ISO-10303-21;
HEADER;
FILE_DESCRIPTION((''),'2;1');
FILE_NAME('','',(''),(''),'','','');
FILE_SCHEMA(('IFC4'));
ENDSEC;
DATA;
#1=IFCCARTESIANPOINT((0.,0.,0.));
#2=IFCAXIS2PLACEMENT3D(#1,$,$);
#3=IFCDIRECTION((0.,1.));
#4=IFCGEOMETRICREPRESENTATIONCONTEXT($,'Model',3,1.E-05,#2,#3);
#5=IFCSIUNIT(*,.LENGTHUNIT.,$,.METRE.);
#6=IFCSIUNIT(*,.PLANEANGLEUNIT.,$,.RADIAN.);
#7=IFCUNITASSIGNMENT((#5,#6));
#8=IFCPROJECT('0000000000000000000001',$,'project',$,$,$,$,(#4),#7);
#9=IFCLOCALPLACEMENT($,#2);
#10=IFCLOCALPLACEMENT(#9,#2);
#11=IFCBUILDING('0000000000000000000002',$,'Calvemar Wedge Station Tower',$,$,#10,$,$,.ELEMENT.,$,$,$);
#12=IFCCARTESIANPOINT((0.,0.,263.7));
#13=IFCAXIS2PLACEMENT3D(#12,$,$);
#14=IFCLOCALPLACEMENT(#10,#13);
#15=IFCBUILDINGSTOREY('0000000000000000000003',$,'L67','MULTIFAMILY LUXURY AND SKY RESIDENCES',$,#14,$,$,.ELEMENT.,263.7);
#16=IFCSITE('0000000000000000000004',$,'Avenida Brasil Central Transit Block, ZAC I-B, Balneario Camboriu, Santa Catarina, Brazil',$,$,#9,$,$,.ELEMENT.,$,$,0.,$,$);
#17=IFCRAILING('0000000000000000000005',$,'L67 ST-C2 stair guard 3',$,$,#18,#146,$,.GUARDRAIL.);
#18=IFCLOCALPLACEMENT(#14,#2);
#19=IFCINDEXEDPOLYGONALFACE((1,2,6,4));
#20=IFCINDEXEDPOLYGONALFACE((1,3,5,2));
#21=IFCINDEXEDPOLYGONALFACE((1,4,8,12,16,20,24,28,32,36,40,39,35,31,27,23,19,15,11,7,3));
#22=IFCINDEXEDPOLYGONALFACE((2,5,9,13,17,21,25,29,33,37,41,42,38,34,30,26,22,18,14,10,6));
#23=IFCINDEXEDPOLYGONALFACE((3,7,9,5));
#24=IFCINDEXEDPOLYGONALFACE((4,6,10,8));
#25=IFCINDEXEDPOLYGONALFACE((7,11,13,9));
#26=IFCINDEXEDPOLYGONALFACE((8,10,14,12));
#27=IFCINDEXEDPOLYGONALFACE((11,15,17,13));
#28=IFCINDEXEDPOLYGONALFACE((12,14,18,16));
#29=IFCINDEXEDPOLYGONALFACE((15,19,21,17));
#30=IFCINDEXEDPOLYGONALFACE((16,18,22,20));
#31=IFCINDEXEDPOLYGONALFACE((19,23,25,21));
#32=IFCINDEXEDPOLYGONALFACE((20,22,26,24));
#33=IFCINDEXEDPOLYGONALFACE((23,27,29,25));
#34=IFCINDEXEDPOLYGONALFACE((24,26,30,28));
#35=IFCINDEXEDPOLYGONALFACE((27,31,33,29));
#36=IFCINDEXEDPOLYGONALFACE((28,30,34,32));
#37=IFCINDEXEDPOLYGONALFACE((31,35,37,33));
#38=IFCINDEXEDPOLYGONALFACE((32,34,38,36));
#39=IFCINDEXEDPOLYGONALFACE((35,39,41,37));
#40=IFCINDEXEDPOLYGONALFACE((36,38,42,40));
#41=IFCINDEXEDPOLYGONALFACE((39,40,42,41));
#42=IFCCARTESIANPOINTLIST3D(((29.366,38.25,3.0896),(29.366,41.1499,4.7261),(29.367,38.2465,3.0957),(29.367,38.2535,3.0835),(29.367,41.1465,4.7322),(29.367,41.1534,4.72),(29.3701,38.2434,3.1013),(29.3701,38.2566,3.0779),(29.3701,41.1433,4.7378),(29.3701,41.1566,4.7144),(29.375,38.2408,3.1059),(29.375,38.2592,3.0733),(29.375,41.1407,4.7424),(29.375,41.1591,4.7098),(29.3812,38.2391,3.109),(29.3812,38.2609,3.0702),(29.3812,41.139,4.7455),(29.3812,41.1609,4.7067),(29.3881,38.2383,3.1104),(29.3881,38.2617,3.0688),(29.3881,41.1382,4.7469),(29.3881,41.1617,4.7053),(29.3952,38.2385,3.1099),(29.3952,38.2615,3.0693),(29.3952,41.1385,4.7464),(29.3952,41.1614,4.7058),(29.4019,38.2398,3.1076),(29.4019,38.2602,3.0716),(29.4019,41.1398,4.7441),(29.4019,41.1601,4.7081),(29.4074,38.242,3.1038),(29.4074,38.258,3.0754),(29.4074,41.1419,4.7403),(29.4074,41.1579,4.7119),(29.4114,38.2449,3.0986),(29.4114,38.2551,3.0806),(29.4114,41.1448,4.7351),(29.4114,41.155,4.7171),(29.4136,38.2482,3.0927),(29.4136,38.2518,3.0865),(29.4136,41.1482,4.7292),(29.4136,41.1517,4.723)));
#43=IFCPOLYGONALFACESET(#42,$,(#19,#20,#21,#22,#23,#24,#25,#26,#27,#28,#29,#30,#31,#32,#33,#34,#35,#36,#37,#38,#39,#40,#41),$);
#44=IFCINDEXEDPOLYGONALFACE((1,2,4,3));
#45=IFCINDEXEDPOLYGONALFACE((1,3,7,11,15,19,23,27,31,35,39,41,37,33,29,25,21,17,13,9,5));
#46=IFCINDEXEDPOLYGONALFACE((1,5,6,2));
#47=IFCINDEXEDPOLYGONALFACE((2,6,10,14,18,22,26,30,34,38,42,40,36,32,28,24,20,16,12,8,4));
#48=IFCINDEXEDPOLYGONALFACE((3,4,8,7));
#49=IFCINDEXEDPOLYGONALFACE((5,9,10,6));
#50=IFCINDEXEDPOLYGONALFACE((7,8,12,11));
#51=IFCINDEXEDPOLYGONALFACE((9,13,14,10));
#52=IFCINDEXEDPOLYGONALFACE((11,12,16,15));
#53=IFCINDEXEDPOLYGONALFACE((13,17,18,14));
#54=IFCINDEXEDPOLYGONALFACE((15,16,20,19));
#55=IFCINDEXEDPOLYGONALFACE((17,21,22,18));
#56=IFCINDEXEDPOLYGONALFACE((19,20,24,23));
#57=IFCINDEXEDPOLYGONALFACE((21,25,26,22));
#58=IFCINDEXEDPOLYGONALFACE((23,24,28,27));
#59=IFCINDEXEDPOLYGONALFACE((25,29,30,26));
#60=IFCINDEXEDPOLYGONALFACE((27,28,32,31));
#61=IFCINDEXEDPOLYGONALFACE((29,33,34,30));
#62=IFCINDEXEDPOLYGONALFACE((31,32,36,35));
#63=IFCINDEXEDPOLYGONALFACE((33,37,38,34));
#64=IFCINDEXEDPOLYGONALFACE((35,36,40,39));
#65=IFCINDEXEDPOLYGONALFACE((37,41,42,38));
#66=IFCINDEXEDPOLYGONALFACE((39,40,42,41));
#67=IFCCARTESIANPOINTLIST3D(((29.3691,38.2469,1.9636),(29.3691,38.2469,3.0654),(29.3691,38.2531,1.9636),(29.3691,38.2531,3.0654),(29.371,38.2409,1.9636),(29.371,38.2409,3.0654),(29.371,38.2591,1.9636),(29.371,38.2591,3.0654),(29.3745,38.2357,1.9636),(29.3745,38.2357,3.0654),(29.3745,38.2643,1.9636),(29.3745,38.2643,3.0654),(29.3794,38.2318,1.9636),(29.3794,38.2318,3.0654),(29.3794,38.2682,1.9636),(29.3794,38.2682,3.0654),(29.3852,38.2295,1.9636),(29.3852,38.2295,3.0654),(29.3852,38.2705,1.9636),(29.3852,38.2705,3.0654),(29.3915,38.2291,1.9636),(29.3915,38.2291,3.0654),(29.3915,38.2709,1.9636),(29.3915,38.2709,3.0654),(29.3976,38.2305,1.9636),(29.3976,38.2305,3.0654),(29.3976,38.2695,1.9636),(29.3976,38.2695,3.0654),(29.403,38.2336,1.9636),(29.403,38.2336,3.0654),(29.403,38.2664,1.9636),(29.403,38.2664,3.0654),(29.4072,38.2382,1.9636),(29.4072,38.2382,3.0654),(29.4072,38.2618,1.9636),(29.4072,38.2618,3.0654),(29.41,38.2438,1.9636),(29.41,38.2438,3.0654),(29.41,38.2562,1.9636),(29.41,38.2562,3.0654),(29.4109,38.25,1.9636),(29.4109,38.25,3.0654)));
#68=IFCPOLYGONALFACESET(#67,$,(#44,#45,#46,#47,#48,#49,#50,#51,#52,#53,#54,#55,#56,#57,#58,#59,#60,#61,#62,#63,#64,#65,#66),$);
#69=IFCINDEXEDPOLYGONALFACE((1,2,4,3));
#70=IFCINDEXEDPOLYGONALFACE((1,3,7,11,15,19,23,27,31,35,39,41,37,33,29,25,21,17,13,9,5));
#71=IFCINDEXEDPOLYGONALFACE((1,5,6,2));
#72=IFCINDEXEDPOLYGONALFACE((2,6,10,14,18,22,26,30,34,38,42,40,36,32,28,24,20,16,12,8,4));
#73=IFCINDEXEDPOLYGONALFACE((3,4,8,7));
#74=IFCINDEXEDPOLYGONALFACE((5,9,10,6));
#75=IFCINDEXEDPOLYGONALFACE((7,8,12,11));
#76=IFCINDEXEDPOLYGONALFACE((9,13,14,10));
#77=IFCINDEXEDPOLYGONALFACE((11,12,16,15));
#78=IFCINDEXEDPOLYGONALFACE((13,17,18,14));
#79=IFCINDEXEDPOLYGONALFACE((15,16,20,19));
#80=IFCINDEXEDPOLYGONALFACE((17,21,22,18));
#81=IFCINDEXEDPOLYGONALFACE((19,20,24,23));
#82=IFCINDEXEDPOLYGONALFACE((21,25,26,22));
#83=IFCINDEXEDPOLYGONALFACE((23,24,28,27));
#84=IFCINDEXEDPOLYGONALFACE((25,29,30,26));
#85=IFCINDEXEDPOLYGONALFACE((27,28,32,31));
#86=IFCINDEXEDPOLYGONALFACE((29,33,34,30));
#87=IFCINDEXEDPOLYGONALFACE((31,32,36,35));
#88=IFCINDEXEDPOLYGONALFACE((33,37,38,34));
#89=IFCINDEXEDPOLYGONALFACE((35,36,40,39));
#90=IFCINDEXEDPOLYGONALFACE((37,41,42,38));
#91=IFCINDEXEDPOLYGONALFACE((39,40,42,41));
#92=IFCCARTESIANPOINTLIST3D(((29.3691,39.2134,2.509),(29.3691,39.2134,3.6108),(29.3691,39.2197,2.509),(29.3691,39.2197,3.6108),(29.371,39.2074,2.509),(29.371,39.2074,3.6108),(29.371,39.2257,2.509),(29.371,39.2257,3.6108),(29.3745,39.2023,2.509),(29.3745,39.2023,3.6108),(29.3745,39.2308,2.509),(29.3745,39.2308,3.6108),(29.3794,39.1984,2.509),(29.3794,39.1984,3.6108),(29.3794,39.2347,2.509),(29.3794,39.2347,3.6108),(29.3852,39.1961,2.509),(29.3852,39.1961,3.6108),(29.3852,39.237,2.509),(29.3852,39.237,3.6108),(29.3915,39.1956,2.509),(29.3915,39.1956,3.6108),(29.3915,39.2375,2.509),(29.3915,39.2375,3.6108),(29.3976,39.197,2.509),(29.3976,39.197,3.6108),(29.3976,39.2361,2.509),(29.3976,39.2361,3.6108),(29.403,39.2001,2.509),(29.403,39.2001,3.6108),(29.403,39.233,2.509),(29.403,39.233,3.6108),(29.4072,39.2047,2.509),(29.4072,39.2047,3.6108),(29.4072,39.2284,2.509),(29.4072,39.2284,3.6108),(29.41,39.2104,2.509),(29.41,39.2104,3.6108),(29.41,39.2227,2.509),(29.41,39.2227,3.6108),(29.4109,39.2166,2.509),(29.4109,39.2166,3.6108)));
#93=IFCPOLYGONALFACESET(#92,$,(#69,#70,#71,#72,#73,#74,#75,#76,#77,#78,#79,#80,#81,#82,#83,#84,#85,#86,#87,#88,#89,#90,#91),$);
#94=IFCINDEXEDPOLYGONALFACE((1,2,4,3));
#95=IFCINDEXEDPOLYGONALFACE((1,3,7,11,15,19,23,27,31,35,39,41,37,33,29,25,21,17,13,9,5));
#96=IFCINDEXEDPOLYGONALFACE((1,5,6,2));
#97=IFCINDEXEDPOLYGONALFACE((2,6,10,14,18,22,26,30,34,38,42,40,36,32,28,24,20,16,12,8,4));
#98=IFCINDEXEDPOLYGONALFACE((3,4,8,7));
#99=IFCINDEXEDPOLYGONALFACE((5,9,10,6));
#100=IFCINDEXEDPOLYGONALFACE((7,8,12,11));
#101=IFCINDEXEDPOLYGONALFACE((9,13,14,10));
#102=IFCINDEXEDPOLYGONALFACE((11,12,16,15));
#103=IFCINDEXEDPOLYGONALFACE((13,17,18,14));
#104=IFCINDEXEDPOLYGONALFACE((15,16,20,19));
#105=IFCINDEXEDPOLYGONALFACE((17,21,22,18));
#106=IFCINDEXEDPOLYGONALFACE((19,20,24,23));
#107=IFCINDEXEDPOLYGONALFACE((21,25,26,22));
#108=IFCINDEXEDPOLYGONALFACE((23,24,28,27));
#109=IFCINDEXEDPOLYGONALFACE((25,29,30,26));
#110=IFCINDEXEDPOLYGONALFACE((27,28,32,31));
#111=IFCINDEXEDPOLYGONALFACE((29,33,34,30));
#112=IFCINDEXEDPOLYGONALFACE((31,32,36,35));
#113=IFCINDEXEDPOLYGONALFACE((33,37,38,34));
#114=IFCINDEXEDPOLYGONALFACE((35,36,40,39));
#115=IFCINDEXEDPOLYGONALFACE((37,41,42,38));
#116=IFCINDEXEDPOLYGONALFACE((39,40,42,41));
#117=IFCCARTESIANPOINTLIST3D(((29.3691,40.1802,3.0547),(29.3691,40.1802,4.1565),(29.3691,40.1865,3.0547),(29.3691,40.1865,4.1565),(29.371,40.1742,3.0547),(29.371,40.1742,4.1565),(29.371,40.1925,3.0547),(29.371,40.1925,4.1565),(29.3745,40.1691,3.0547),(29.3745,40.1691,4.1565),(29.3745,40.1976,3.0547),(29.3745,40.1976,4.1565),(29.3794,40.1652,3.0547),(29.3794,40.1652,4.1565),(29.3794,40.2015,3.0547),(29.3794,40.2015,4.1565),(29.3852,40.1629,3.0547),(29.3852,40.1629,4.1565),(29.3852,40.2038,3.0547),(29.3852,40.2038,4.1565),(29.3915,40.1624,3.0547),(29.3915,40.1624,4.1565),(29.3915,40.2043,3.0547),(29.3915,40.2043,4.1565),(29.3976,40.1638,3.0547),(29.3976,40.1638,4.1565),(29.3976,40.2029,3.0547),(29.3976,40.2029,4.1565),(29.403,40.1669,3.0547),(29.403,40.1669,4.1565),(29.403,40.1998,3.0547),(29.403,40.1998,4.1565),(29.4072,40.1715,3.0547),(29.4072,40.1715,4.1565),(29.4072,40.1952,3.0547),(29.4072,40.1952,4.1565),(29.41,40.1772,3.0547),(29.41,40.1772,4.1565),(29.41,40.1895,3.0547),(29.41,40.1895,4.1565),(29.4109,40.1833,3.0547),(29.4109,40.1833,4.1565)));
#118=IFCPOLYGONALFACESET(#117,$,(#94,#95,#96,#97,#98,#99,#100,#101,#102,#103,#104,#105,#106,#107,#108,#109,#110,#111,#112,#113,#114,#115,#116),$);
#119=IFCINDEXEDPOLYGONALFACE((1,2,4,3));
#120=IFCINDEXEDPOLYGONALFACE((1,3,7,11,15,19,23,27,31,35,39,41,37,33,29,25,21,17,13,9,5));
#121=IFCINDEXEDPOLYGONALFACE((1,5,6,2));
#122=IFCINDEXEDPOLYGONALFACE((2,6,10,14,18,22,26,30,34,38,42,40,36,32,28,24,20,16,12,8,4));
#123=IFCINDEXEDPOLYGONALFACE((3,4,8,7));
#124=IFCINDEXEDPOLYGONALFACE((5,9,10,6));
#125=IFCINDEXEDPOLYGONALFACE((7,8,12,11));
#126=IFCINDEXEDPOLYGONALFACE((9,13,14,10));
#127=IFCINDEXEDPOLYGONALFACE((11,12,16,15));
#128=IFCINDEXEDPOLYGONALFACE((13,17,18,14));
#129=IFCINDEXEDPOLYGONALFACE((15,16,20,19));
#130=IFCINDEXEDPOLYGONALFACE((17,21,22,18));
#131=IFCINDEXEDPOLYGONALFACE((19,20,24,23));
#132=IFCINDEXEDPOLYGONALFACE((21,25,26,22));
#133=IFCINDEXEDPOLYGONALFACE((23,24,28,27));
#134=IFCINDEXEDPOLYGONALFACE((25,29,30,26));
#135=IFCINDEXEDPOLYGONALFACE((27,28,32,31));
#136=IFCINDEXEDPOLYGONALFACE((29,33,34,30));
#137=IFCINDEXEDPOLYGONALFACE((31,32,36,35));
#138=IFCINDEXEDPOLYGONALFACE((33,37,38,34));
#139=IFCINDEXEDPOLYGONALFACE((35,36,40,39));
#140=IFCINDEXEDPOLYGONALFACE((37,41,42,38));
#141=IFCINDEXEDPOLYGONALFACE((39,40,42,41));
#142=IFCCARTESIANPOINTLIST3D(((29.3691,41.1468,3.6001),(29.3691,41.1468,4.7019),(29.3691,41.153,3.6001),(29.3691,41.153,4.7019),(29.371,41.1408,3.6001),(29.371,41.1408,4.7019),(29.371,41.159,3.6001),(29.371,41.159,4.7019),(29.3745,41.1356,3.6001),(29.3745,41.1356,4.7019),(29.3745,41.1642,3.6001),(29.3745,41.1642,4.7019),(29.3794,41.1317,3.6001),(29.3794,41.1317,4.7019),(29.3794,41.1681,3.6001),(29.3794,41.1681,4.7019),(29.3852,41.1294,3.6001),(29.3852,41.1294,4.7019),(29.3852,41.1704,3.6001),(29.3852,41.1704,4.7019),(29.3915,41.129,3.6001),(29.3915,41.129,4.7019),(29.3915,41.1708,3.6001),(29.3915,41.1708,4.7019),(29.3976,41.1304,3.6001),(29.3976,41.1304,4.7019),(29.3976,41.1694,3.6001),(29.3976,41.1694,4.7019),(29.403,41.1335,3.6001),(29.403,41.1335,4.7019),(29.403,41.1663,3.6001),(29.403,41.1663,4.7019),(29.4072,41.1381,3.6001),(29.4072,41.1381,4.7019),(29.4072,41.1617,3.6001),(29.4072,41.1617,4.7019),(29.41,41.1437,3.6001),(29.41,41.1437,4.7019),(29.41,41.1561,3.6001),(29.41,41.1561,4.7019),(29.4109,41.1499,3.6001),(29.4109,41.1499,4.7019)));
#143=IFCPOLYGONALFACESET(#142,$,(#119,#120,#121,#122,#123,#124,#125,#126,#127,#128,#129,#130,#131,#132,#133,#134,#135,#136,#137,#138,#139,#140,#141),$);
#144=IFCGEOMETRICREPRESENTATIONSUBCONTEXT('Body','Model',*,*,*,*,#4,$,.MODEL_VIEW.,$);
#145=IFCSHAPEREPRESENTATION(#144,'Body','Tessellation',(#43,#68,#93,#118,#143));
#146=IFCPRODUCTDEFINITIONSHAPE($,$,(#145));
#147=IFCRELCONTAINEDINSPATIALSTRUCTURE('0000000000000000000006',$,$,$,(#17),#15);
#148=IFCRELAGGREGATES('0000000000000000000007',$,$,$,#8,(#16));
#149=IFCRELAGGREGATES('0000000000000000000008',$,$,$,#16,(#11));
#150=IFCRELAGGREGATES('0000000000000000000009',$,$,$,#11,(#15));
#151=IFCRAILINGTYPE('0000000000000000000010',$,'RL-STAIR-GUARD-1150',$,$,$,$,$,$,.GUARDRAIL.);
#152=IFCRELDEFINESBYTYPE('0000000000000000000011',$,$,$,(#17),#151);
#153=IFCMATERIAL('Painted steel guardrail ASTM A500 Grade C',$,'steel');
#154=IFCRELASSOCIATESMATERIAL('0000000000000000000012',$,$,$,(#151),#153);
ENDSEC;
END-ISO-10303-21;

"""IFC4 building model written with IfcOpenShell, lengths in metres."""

from ifc_helpers import new_model, si_unit, direction, frame, origin, origin_2d, place, context, subcontext, project, spatial, circle, extrude, material, type_object, element, save


model = new_model("IFC4")

# Units and contexts
model_context = context("Model", 3, precision=1e-05, world=origin(), true_north=direction((0.0, 1.0)))
body_context = subcontext(model_context, "Body", "Model", "MODEL_VIEW")
ifc_project = project(units=[si_unit("LENGTHUNIT", "METRE"), si_unit("PLANEANGLEUNIT", "RADIAN")], contexts=[model_context])

# Site, building, storey
site_placement = place(None, origin())
site = spatial("IfcSite", under=ifc_project, at=site_placement, Name="Avenida Brasil Central Transit Block, ZAC I-B, Balneario Camboriu, Santa Catarina, Brazil", CompositionType="ELEMENT", RefElevation=0.0)
building_placement = place(site_placement, origin())
building = spatial("IfcBuilding", under=site, at=building_placement, Name="Calvemar Wedge Station Tower", CompositionType="ELEMENT")
storey_placement = place(building_placement, frame((0.0, 0.0, 263.7)))
storey = spatial("IfcBuildingStorey", under=building, at=storey_placement, Name="L67", Description="MULTIFAMILY LUXURY AND SKY RESIDENCES", CompositionType="ELEMENT", Elevation=263.7)

# Railing
ifc_material_1 = material(Name="Painted steel guardrail ASTM A500 Grade C", Category="steel")
railing_type_1 = type_object("IfcRailingType", Name="RL-STAIR-GUARD-1150", PredefinedType="GUARDRAIL", material=ifc_material_1)
railing_1_placement = place(storey_placement, frame((29.3899, 38.25, 1.9636)))
element("IfcRailing", 1, at=railing_1_placement, inside=storey, type_object=railing_type_1, Name="L67 ST-C2 stair guard 3", PredefinedType="GUARDRAIL", context=body_context, shape_type="SweptSolid", body=[
    extrude(circle(Radius=0.0239, at=origin_2d()), frame((0.0, 0.0, 1.126), z_axis=(0.0, 0.870897, 0.491465), x_axis=(-1.0, 0.0, 0.0)), (0.0, 0.0, 1.0), 3.3298),
    extrude(circle(Radius=0.021, at=origin_2d()), origin(), (0.0, 0.0, 1.0), 1.1018),
    extrude(circle(Radius=0.021, at=origin_2d()), frame((0.0, 0.9666, 0.5454)), (0.0, 0.0, 1.0), 1.1018),
    extrude(circle(Radius=0.021, at=origin_2d()), frame((0.0, 1.9333, 1.0911)), (0.0, 0.0, 1.0), 1.1018),
    extrude(circle(Radius=0.021, at=origin_2d()), frame((0.0, 2.8999, 1.6365)), (0.0, 0.0, 1.0), 1.1018),
])

save(model, "model.ifc")
